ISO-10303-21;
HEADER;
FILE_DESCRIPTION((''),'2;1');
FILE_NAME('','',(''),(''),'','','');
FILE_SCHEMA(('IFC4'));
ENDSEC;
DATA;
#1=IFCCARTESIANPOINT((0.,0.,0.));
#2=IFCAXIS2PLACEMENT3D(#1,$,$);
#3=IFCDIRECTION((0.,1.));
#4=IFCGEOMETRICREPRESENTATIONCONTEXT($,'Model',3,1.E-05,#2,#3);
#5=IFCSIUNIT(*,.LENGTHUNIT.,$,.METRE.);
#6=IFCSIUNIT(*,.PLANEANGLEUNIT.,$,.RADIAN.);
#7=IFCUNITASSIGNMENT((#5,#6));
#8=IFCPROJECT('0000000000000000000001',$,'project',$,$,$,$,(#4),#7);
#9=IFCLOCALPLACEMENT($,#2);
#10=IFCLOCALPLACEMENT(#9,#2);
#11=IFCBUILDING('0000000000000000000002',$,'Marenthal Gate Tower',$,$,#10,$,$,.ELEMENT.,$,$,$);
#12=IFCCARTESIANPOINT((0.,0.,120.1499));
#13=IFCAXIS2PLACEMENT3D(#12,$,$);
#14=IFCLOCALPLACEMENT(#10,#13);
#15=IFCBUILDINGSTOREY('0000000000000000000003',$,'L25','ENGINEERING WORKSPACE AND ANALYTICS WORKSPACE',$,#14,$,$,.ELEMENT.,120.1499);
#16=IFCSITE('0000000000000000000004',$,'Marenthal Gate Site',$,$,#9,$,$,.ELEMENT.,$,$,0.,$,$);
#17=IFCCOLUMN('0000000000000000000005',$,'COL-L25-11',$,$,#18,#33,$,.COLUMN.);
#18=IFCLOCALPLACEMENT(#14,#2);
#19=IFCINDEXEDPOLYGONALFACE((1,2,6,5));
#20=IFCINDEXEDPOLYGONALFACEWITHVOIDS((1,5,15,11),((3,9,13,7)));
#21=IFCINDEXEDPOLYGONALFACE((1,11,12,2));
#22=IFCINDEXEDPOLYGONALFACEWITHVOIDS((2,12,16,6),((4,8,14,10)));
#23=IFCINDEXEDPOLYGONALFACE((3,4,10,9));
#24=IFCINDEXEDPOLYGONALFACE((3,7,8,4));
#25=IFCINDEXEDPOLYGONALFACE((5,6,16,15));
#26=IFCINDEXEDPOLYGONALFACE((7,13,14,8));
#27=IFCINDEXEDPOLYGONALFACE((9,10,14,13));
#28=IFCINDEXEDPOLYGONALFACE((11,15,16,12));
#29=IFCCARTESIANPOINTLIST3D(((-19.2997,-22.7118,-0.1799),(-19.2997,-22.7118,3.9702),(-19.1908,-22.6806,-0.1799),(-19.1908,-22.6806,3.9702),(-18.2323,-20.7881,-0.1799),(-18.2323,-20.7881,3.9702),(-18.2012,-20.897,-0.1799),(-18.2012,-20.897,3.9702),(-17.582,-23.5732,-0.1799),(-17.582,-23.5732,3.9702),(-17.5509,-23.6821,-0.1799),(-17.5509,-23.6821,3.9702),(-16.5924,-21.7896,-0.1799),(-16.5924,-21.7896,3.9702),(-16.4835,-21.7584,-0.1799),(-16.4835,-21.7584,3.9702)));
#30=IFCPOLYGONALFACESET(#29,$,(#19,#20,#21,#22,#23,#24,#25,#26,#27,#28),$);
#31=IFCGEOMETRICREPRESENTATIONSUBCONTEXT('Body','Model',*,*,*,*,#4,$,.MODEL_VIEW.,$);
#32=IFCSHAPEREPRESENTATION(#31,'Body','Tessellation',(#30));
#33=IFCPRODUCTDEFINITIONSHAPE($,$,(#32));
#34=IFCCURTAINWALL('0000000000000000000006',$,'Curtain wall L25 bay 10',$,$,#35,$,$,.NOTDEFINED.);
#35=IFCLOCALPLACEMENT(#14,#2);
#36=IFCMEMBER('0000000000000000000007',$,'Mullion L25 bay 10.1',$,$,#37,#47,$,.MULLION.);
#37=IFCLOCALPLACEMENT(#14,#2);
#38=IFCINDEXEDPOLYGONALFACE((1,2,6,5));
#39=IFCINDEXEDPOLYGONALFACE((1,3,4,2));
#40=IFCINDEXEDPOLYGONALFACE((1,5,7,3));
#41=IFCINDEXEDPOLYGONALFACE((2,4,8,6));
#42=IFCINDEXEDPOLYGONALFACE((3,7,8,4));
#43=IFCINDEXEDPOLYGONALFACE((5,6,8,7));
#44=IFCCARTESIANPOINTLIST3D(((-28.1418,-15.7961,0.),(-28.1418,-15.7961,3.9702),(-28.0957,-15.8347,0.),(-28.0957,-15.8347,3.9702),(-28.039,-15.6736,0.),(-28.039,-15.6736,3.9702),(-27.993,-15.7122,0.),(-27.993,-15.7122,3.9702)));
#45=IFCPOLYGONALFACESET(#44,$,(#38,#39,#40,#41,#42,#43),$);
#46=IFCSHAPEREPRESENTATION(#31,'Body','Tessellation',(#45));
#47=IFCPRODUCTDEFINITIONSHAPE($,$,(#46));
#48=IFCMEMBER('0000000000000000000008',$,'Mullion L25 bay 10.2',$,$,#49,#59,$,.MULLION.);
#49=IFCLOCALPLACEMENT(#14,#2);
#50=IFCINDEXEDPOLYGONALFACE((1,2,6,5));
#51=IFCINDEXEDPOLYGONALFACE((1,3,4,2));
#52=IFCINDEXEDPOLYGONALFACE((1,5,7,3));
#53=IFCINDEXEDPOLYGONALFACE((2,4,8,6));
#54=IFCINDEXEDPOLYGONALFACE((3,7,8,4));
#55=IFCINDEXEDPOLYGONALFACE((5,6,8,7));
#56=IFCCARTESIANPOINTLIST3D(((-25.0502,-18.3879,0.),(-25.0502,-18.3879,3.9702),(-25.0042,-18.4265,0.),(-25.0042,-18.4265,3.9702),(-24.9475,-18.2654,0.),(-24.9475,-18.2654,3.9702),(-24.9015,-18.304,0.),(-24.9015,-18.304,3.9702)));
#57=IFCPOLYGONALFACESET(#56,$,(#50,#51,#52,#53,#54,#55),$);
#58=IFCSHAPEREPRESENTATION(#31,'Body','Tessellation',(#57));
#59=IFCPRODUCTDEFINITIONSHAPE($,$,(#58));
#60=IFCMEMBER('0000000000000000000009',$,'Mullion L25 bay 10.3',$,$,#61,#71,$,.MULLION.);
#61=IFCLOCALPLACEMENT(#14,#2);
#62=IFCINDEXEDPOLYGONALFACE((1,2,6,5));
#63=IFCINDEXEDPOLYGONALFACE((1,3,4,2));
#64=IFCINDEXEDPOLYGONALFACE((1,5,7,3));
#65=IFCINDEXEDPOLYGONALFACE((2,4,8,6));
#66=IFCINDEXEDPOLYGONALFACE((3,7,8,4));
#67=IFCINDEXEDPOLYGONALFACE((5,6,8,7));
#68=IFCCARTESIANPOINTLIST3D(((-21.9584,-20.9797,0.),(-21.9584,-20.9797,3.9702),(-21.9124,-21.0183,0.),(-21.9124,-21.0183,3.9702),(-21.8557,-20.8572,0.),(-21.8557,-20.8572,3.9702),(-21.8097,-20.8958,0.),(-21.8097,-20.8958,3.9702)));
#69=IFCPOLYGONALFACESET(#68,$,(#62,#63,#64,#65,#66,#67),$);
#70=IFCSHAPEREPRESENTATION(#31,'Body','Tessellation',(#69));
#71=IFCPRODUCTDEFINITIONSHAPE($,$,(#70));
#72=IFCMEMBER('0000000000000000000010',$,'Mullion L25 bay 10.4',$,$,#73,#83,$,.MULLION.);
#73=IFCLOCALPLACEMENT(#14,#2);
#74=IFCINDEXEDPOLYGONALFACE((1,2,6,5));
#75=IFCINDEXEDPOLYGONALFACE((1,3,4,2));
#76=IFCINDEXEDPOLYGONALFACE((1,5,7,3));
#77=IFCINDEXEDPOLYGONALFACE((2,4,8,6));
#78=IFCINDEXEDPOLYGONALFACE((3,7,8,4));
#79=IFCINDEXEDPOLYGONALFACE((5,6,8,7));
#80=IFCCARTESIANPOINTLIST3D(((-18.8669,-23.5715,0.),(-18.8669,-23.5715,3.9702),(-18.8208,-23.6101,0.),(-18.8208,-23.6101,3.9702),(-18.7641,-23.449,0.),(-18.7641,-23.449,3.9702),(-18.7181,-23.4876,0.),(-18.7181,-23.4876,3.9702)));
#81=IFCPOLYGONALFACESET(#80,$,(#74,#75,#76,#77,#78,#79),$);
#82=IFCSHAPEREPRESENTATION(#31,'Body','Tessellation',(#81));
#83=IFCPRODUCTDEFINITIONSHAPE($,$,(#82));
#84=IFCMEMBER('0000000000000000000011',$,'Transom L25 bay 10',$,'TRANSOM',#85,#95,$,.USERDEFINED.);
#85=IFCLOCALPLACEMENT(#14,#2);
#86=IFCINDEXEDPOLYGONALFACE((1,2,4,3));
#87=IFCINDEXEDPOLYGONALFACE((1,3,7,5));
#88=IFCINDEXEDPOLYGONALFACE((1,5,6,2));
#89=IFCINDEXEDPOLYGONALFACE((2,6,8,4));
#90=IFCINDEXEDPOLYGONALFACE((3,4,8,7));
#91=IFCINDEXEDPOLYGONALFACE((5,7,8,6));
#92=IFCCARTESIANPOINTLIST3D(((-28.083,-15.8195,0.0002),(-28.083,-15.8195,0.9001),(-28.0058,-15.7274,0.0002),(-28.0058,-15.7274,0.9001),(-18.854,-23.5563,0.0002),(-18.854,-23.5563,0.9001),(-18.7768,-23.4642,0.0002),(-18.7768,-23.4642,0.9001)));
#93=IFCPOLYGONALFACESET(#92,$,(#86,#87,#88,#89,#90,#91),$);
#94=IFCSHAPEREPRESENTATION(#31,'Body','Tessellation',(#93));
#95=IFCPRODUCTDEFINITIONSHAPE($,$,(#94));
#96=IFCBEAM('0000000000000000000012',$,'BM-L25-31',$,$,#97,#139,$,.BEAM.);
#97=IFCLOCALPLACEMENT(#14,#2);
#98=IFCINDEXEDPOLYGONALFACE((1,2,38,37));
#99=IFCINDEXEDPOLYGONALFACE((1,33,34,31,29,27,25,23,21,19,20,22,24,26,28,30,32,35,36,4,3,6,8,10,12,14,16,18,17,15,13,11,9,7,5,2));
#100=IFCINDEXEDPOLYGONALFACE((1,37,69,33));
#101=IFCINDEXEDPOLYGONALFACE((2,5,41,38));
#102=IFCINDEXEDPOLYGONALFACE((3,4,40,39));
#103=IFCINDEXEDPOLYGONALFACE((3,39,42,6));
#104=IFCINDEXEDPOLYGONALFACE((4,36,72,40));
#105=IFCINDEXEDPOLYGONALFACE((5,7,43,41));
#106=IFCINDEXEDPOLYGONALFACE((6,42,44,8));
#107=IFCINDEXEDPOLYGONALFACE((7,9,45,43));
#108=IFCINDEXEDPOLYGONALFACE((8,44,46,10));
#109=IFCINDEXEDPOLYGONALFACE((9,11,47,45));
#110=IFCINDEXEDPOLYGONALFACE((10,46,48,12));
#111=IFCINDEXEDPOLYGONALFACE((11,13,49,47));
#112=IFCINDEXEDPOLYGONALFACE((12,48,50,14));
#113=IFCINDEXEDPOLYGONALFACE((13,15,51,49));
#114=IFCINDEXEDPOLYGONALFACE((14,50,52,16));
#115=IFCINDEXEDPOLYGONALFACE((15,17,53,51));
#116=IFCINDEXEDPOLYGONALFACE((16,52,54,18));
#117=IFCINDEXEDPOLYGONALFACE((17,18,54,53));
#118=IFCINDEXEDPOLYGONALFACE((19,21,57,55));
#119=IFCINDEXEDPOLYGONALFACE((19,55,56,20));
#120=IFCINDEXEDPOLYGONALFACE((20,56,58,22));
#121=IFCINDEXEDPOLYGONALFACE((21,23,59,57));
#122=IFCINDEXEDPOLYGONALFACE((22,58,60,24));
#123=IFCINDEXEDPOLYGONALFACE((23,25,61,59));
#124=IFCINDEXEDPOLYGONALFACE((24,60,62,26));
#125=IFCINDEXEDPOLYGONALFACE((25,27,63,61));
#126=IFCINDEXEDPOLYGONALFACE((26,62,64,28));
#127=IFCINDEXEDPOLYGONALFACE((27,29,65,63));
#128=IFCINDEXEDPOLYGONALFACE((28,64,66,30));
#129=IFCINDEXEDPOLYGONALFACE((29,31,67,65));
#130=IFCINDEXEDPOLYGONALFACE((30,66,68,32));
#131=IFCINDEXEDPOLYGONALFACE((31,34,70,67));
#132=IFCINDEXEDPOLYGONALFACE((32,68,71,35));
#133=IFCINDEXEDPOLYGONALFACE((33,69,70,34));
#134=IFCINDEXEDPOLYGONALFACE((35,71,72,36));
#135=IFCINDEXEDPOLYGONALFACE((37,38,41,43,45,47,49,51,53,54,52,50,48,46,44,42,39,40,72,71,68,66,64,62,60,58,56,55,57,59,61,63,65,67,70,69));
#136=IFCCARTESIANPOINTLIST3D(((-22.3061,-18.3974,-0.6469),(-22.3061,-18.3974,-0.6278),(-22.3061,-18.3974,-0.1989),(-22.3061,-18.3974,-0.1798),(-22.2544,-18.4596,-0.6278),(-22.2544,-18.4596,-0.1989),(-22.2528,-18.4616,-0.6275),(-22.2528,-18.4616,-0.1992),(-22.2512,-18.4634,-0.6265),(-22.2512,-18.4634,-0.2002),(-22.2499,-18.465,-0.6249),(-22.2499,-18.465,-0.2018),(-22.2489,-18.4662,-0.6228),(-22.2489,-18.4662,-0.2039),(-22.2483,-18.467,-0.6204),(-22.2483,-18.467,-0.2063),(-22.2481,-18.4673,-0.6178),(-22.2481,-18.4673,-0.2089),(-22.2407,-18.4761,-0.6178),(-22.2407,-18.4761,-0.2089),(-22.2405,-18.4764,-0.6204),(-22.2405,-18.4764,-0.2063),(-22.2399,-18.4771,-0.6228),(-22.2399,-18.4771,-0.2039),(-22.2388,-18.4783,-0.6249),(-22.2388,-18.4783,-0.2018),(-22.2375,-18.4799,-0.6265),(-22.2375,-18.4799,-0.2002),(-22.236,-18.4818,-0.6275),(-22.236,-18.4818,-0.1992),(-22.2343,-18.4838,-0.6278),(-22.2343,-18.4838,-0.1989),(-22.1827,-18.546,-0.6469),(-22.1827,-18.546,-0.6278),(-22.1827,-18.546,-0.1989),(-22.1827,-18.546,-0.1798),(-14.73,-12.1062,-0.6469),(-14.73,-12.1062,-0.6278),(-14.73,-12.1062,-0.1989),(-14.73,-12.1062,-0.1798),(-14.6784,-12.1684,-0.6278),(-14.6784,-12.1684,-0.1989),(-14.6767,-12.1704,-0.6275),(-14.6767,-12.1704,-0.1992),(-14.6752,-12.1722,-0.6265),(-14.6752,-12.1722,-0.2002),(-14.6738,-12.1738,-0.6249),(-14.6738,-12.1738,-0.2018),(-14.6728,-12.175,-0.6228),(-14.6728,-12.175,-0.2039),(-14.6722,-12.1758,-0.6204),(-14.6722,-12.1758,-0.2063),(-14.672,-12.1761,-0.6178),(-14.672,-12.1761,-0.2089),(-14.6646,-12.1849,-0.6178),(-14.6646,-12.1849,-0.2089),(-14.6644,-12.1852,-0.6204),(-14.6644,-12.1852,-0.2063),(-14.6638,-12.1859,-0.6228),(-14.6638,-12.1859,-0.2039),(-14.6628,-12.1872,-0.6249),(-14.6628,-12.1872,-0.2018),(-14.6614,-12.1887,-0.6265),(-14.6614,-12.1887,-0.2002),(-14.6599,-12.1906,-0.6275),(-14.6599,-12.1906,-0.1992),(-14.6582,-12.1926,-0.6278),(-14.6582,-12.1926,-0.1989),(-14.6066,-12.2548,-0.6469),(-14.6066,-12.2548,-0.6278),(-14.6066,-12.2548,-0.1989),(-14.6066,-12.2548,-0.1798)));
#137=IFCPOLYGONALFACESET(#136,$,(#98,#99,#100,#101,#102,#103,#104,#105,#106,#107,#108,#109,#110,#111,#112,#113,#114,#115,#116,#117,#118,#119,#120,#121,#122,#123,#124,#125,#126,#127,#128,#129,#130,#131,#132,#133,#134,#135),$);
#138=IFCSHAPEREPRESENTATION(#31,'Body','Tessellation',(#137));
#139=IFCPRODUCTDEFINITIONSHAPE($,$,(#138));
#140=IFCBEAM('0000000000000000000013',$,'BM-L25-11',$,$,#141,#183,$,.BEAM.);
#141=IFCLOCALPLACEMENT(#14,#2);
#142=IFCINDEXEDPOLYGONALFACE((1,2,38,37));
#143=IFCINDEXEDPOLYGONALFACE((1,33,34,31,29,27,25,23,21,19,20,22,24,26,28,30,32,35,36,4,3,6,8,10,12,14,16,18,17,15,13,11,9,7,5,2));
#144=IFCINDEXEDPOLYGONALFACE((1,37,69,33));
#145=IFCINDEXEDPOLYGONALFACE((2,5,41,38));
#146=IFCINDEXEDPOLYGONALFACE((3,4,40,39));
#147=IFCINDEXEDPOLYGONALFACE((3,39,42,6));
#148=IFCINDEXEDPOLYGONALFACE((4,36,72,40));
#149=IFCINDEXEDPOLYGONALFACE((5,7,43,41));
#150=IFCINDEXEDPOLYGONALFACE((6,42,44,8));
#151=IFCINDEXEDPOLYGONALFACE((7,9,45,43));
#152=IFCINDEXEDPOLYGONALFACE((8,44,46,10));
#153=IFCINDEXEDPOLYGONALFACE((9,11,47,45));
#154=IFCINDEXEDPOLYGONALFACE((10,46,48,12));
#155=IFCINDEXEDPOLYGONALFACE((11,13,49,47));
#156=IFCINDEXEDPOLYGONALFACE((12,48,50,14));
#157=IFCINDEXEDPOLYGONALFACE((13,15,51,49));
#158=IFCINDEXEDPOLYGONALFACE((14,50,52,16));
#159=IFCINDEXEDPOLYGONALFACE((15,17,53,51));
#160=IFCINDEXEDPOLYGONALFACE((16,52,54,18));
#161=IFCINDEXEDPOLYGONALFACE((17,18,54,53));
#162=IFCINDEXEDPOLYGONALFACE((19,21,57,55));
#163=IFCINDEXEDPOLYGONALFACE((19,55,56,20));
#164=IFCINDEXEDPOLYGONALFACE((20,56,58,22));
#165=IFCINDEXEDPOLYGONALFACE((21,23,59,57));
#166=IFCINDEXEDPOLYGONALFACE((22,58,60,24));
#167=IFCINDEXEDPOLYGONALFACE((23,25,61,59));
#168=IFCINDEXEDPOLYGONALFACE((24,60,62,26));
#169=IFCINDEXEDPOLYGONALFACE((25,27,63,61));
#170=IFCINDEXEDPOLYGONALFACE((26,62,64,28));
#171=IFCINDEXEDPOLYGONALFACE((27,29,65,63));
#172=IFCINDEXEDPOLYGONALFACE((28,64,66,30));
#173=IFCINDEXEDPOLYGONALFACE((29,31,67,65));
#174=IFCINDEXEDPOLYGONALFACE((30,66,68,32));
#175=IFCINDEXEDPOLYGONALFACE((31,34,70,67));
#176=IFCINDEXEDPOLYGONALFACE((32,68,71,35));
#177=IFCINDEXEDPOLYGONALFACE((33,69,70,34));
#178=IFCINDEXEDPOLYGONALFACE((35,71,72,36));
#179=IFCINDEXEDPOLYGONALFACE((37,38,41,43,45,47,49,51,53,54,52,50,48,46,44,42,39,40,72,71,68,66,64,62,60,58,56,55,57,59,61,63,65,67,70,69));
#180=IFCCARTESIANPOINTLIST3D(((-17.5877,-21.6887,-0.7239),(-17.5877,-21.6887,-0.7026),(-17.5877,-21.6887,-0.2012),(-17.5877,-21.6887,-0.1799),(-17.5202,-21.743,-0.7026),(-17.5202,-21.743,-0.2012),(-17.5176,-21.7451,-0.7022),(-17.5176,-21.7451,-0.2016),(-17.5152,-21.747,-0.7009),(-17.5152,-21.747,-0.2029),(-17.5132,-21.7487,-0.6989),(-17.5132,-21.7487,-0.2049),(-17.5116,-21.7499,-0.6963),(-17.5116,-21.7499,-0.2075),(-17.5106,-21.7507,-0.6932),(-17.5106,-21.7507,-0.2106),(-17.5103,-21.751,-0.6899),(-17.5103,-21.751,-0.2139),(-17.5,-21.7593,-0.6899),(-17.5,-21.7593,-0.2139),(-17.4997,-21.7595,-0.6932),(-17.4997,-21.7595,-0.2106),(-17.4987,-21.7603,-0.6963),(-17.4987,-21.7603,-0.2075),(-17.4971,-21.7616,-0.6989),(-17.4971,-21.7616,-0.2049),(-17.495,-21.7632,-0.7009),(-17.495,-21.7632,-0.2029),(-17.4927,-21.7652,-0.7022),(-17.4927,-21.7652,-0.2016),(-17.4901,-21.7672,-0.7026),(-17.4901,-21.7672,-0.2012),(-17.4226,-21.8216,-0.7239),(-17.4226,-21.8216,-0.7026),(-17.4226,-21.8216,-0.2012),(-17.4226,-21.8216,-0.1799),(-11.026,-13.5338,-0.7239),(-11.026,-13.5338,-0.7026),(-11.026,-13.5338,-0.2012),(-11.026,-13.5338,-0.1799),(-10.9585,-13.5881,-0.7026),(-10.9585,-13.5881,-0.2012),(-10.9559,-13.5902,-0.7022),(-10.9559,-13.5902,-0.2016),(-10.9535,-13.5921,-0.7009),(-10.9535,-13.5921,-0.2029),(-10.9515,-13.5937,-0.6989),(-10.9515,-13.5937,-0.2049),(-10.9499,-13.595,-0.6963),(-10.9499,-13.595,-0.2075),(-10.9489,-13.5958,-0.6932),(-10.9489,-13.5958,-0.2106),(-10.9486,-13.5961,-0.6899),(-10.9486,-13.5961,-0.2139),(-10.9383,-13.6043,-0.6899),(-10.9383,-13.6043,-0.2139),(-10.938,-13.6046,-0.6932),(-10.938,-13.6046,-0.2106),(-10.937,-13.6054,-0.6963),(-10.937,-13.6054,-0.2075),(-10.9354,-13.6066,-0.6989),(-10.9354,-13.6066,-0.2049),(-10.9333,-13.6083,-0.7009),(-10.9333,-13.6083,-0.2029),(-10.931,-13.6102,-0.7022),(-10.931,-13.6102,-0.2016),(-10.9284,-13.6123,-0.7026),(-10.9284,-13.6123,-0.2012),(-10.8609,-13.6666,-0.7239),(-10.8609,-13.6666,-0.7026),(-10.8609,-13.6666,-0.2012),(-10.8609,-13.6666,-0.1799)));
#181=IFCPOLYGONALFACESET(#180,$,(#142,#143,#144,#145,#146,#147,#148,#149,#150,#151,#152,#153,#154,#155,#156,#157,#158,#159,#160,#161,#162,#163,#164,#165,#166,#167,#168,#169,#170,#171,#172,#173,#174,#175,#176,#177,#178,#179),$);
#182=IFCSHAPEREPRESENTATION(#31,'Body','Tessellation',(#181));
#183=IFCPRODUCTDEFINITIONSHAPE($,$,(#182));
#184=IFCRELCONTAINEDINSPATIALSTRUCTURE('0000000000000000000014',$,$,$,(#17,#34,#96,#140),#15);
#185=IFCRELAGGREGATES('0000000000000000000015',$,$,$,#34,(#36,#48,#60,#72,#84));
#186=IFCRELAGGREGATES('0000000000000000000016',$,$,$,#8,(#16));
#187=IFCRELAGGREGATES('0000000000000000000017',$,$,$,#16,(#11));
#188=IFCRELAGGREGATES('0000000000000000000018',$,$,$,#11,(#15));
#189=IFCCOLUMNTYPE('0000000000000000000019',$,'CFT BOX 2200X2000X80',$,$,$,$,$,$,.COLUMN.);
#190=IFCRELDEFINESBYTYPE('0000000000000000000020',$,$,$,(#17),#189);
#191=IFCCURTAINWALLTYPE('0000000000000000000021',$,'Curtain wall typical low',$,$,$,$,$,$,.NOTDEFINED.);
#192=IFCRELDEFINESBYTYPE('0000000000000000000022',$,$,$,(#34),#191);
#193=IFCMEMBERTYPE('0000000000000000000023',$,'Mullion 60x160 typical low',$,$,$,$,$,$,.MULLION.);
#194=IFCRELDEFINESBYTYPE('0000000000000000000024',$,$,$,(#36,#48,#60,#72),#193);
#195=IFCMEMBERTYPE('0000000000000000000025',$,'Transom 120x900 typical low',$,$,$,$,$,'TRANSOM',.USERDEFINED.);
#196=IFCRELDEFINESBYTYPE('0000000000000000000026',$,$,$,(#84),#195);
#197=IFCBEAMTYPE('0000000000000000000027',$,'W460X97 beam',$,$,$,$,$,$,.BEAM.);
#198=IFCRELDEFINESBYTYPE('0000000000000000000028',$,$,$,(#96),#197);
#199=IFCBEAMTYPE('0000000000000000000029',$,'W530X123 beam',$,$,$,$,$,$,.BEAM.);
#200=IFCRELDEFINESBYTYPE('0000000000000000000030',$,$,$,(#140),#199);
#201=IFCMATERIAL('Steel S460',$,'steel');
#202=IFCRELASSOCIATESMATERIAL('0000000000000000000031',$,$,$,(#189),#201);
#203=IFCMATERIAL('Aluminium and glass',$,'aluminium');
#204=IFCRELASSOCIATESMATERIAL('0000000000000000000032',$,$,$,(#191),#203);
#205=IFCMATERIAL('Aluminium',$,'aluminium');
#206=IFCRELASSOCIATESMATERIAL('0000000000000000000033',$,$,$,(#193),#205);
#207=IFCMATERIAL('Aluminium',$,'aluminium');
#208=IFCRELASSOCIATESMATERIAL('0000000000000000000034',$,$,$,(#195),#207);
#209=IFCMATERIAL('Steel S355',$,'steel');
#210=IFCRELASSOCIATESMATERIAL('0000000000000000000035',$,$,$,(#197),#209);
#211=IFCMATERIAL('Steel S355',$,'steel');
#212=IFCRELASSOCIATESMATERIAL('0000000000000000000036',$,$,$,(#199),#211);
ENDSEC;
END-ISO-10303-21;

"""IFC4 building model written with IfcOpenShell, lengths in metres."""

from ifc_helpers import new_model, si_unit, direction, frame, origin, origin_2d, place, context, subcontext, project, spatial, rectangle, hollow_rectangle, i_section, extrude, material, material_profile, profile_set, type_object, element, aggregate, save


model = new_model("IFC4")

# Units and contexts
model_context = context("Model", 3, precision=1e-05, world=origin(), true_north=direction((0.0, 1.0)))
body_context = subcontext(model_context, "Body", "Model", "MODEL_VIEW")
ifc_project = project(units=[si_unit("LENGTHUNIT", "METRE"), si_unit("PLANEANGLEUNIT", "RADIAN")], contexts=[model_context])

# Site, building, storey
site_placement = place(None, origin())
site = spatial("IfcSite", under=ifc_project, at=site_placement, Name="Marenthal Gate Site", CompositionType="ELEMENT", RefElevation=0.0)
building_placement = place(site_placement, origin())
building = spatial("IfcBuilding", under=site, at=building_placement, Name="Marenthal Gate Tower", CompositionType="ELEMENT")
storey_placement = place(building_placement, frame((0.0, 0.0, 120.1499)))
storey = spatial("IfcBuildingStorey", under=building, at=storey_placement, Name="L25", Description="ENGINEERING WORKSPACE AND ANALYTICS WORKSPACE", CompositionType="ELEMENT", Elevation=120.1499)

# Column
ifc_material_1 = material(Name="Steel S460", Category="steel")
ifc_material_profile_1 = material_profile(ifc_material_1, hollow_rectangle(XDim=2.0, YDim=2.2, WallThickness=0.0801, at=origin_2d()), Name="CFT BOX 2200X2000X80")
ifc_material_2 = material(Name="Concrete 70 MPa", Category="concrete")
ifc_material_profile_2 = material_profile(ifc_material_2, rectangle(XDim=1.8401, YDim=2.04, at=origin_2d()), Name="CFT BOX 2200X2000X80 INFILL")
ifc_profile_set_1 = profile_set([ifc_material_profile_1, ifc_material_profile_2], Name="Steel S460 shell, Concrete 70 MPa infill")
column_type = type_object("IfcColumnType", Name="CFT BOX 2200X2000X80", PredefinedType="COLUMN", material=ifc_profile_set_1)
column_placement = place(storey_placement, frame((-17.8916, -22.2351, -0.1799), z_axis=(0.0, 0.0, 1.0), x_axis=(-0.874418, 0.485173, 0.0)))
element("IfcColumn", 1, at=column_placement, inside=storey, type_object=column_type, Name="COL-L25-11", PredefinedType="COLUMN", context=body_context, shape_type="SweptSolid", body=[
    extrude(hollow_rectangle(XDim=2.0, YDim=2.2, WallThickness=0.0801, at=origin_2d()), origin(), (0.0, 0.0, 1.0), 4.1501),
])

# Curtain wall, members
ifc_material_3 = material(Name="Aluminium and glass", Category="aluminium")
curtain_wall_type = type_object("IfcCurtainWallType", Name="Curtain wall typical low", PredefinedType="NOTDEFINED", material=ifc_material_3)
curtain_wall_placement = place(storey_placement, origin())
curtain_wall = element("IfcCurtainWall", 2, at=curtain_wall_placement, inside=storey, type_object=curtain_wall_type, Name="Curtain wall L25 bay 10", PredefinedType="NOTDEFINED")
ifc_material_4 = material(Name="Aluminium", Category="aluminium")
ifc_material_profile_3 = material_profile(ifc_material_4, rectangle(XDim=0.1599, YDim=0.0601, at=origin_2d()), Name="60x160 aluminium mullion")
ifc_profile_set_2 = profile_set([ifc_material_profile_3], Name="Aluminium")
member_type_1 = type_object("IfcMemberType", Name="Mullion 60x160 typical low", PredefinedType="MULLION", material=ifc_profile_set_2)
member_1_placement = place(storey_placement, frame((-28.0674, -15.7542, 0.0), z_axis=(0.0, 0.0, 1.0), x_axis=(0.642438, 0.766338, 0.0)))
member_1 = element("IfcMember", 3, at=member_1_placement, type_object=member_type_1, Name="Mullion L25 bay 10.1", PredefinedType="MULLION", context=body_context, shape_type="SweptSolid", body=[
    extrude(rectangle(XDim=0.1599, YDim=0.0601, at=origin_2d()), origin(), (0.0, 0.0, 1.0), 3.9702),
])
member_2_placement = place(storey_placement, frame((-24.9758, -18.3459, 0.0), z_axis=(0.0, 0.0, 1.0), x_axis=(0.642438, 0.766338, 0.0)))
member_2 = element("IfcMember", 4, at=member_2_placement, type_object=member_type_1, Name="Mullion L25 bay 10.2", PredefinedType="MULLION", context=body_context, shape_type="SweptSolid", body=[
    extrude(rectangle(XDim=0.1599, YDim=0.0601, at=origin_2d()), origin(), (0.0, 0.0, 1.0), 3.9702),
])
member_3_placement = place(storey_placement, frame((-21.884, -20.9377, 0.0), z_axis=(0.0, 0.0, 1.0), x_axis=(0.642438, 0.766338, 0.0)))
member_3 = element("IfcMember", 5, at=member_3_placement, type_object=member_type_1, Name="Mullion L25 bay 10.3", PredefinedType="MULLION", context=body_context, shape_type="SweptSolid", body=[
    extrude(rectangle(XDim=0.1599, YDim=0.0601, at=origin_2d()), origin(), (0.0, 0.0, 1.0), 3.9702),
])
member_4_placement = place(storey_placement, frame((-18.7925, -23.5295, 0.0), z_axis=(0.0, 0.0, 1.0), x_axis=(0.642438, 0.766338, 0.0)))
member_4 = element("IfcMember", 6, at=member_4_placement, type_object=member_type_1, Name="Mullion L25 bay 10.4", PredefinedType="MULLION", context=body_context, shape_type="SweptSolid", body=[
    extrude(rectangle(XDim=0.1599, YDim=0.0601, at=origin_2d()), origin(), (0.0, 0.0, 1.0), 3.9702),
])
ifc_material_5 = material(Name="Aluminium", Category="aluminium")
ifc_material_profile_4 = material_profile(ifc_material_5, rectangle(XDim=0.1201, YDim=0.8999, at=origin_2d()), Name="120x900 aluminium transom")
ifc_profile_set_3 = profile_set([ifc_material_profile_4], Name="Aluminium")
member_type_2 = type_object("IfcMemberType", Name="Transom 120x900 typical low", ElementType="TRANSOM", PredefinedType="USERDEFINED", material=ifc_profile_set_3)
member_5_placement = place(storey_placement, frame((-28.0444, -15.7734, 0.4502), z_axis=(0.76634, -0.642435, 0.0), x_axis=(0.642435, 0.76634, 0.0)))
member_5 = element("IfcMember", 7, at=member_5_placement, type_object=member_type_2, Name="Transom L25 bay 10", ObjectType="TRANSOM", PredefinedType="USERDEFINED", context=body_context, shape_type="SweptSolid", body=[
    extrude(rectangle(XDim=0.1201, YDim=0.8999, at=origin_2d()), origin(), (0.0, 0.0, 1.0), 12.043),
])

# Beams
ifc_material_6 = material(Name="Steel S355", Category="steel")
ifc_material_profile_5 = material_profile(ifc_material_6, i_section(OverallWidth=0.1931, OverallDepth=0.467, WebThickness=0.0115, FlangeThickness=0.019, FilletRadius=0.01, at=origin_2d()), Name="W460X97")
ifc_profile_set_4 = profile_set([ifc_material_profile_5], Name="Steel S355")
beam_type_1 = type_object("IfcBeamType", Name="W460X97 beam", PredefinedType="BEAM", material=ifc_profile_set_4)
beam_1_placement = place(storey_placement, frame((-22.2444, -18.4717, -0.4133), z_axis=(0.76933, 0.638852, 0.0), x_axis=(-0.638852, 0.76933, 0.0)))
element("IfcBeam", 8, at=beam_1_placement, inside=storey, type_object=beam_type_1, Name="BM-L25-31", PredefinedType="BEAM", context=body_context, shape_type="SweptSolid", body=[
    extrude(i_section(OverallWidth=0.1931, OverallDepth=0.467, WebThickness=0.0115, FlangeThickness=0.019, FilletRadius=0.01, at=origin_2d()), origin(), (0.0, 0.0, 1.0), 9.8477),
])
ifc_material_7 = material(Name="Steel S355", Category="steel")
ifc_material_profile_6 = material_profile(ifc_material_7, i_section(OverallWidth=0.2119, OverallDepth=0.5439, WebThickness=0.0132, FlangeThickness=0.0212, FilletRadius=0.0127, at=origin_2d()), Name="W530X123")
ifc_profile_set_5 = profile_set([ifc_material_profile_6], Name="Steel S355")
beam_type_2 = type_object("IfcBeamType", Name="W530X123 beam", PredefinedType="BEAM", material=ifc_profile_set_5)
beam_2_placement = place(storey_placement, frame((-17.5051, -21.7551, -0.4519), z_axis=(0.626891, 0.779107, 0.0), x_axis=(-0.779107, 0.626891, 0.0)))
element("IfcBeam", 9, at=beam_2_placement, inside=storey, type_object=beam_type_2, Name="BM-L25-11", PredefinedType="BEAM", context=body_context, shape_type="SweptSolid", body=[
    extrude(i_section(OverallWidth=0.2119, OverallDepth=0.5439, WebThickness=0.0132, FlangeThickness=0.0212, FilletRadius=0.0127, at=origin_2d()), origin(), (0.0, 0.0, 1.0), 10.467),
])

aggregate(curtain_wall, [member_1, member_2, member_3, member_4, member_5])

save(model, "model.ifc")
